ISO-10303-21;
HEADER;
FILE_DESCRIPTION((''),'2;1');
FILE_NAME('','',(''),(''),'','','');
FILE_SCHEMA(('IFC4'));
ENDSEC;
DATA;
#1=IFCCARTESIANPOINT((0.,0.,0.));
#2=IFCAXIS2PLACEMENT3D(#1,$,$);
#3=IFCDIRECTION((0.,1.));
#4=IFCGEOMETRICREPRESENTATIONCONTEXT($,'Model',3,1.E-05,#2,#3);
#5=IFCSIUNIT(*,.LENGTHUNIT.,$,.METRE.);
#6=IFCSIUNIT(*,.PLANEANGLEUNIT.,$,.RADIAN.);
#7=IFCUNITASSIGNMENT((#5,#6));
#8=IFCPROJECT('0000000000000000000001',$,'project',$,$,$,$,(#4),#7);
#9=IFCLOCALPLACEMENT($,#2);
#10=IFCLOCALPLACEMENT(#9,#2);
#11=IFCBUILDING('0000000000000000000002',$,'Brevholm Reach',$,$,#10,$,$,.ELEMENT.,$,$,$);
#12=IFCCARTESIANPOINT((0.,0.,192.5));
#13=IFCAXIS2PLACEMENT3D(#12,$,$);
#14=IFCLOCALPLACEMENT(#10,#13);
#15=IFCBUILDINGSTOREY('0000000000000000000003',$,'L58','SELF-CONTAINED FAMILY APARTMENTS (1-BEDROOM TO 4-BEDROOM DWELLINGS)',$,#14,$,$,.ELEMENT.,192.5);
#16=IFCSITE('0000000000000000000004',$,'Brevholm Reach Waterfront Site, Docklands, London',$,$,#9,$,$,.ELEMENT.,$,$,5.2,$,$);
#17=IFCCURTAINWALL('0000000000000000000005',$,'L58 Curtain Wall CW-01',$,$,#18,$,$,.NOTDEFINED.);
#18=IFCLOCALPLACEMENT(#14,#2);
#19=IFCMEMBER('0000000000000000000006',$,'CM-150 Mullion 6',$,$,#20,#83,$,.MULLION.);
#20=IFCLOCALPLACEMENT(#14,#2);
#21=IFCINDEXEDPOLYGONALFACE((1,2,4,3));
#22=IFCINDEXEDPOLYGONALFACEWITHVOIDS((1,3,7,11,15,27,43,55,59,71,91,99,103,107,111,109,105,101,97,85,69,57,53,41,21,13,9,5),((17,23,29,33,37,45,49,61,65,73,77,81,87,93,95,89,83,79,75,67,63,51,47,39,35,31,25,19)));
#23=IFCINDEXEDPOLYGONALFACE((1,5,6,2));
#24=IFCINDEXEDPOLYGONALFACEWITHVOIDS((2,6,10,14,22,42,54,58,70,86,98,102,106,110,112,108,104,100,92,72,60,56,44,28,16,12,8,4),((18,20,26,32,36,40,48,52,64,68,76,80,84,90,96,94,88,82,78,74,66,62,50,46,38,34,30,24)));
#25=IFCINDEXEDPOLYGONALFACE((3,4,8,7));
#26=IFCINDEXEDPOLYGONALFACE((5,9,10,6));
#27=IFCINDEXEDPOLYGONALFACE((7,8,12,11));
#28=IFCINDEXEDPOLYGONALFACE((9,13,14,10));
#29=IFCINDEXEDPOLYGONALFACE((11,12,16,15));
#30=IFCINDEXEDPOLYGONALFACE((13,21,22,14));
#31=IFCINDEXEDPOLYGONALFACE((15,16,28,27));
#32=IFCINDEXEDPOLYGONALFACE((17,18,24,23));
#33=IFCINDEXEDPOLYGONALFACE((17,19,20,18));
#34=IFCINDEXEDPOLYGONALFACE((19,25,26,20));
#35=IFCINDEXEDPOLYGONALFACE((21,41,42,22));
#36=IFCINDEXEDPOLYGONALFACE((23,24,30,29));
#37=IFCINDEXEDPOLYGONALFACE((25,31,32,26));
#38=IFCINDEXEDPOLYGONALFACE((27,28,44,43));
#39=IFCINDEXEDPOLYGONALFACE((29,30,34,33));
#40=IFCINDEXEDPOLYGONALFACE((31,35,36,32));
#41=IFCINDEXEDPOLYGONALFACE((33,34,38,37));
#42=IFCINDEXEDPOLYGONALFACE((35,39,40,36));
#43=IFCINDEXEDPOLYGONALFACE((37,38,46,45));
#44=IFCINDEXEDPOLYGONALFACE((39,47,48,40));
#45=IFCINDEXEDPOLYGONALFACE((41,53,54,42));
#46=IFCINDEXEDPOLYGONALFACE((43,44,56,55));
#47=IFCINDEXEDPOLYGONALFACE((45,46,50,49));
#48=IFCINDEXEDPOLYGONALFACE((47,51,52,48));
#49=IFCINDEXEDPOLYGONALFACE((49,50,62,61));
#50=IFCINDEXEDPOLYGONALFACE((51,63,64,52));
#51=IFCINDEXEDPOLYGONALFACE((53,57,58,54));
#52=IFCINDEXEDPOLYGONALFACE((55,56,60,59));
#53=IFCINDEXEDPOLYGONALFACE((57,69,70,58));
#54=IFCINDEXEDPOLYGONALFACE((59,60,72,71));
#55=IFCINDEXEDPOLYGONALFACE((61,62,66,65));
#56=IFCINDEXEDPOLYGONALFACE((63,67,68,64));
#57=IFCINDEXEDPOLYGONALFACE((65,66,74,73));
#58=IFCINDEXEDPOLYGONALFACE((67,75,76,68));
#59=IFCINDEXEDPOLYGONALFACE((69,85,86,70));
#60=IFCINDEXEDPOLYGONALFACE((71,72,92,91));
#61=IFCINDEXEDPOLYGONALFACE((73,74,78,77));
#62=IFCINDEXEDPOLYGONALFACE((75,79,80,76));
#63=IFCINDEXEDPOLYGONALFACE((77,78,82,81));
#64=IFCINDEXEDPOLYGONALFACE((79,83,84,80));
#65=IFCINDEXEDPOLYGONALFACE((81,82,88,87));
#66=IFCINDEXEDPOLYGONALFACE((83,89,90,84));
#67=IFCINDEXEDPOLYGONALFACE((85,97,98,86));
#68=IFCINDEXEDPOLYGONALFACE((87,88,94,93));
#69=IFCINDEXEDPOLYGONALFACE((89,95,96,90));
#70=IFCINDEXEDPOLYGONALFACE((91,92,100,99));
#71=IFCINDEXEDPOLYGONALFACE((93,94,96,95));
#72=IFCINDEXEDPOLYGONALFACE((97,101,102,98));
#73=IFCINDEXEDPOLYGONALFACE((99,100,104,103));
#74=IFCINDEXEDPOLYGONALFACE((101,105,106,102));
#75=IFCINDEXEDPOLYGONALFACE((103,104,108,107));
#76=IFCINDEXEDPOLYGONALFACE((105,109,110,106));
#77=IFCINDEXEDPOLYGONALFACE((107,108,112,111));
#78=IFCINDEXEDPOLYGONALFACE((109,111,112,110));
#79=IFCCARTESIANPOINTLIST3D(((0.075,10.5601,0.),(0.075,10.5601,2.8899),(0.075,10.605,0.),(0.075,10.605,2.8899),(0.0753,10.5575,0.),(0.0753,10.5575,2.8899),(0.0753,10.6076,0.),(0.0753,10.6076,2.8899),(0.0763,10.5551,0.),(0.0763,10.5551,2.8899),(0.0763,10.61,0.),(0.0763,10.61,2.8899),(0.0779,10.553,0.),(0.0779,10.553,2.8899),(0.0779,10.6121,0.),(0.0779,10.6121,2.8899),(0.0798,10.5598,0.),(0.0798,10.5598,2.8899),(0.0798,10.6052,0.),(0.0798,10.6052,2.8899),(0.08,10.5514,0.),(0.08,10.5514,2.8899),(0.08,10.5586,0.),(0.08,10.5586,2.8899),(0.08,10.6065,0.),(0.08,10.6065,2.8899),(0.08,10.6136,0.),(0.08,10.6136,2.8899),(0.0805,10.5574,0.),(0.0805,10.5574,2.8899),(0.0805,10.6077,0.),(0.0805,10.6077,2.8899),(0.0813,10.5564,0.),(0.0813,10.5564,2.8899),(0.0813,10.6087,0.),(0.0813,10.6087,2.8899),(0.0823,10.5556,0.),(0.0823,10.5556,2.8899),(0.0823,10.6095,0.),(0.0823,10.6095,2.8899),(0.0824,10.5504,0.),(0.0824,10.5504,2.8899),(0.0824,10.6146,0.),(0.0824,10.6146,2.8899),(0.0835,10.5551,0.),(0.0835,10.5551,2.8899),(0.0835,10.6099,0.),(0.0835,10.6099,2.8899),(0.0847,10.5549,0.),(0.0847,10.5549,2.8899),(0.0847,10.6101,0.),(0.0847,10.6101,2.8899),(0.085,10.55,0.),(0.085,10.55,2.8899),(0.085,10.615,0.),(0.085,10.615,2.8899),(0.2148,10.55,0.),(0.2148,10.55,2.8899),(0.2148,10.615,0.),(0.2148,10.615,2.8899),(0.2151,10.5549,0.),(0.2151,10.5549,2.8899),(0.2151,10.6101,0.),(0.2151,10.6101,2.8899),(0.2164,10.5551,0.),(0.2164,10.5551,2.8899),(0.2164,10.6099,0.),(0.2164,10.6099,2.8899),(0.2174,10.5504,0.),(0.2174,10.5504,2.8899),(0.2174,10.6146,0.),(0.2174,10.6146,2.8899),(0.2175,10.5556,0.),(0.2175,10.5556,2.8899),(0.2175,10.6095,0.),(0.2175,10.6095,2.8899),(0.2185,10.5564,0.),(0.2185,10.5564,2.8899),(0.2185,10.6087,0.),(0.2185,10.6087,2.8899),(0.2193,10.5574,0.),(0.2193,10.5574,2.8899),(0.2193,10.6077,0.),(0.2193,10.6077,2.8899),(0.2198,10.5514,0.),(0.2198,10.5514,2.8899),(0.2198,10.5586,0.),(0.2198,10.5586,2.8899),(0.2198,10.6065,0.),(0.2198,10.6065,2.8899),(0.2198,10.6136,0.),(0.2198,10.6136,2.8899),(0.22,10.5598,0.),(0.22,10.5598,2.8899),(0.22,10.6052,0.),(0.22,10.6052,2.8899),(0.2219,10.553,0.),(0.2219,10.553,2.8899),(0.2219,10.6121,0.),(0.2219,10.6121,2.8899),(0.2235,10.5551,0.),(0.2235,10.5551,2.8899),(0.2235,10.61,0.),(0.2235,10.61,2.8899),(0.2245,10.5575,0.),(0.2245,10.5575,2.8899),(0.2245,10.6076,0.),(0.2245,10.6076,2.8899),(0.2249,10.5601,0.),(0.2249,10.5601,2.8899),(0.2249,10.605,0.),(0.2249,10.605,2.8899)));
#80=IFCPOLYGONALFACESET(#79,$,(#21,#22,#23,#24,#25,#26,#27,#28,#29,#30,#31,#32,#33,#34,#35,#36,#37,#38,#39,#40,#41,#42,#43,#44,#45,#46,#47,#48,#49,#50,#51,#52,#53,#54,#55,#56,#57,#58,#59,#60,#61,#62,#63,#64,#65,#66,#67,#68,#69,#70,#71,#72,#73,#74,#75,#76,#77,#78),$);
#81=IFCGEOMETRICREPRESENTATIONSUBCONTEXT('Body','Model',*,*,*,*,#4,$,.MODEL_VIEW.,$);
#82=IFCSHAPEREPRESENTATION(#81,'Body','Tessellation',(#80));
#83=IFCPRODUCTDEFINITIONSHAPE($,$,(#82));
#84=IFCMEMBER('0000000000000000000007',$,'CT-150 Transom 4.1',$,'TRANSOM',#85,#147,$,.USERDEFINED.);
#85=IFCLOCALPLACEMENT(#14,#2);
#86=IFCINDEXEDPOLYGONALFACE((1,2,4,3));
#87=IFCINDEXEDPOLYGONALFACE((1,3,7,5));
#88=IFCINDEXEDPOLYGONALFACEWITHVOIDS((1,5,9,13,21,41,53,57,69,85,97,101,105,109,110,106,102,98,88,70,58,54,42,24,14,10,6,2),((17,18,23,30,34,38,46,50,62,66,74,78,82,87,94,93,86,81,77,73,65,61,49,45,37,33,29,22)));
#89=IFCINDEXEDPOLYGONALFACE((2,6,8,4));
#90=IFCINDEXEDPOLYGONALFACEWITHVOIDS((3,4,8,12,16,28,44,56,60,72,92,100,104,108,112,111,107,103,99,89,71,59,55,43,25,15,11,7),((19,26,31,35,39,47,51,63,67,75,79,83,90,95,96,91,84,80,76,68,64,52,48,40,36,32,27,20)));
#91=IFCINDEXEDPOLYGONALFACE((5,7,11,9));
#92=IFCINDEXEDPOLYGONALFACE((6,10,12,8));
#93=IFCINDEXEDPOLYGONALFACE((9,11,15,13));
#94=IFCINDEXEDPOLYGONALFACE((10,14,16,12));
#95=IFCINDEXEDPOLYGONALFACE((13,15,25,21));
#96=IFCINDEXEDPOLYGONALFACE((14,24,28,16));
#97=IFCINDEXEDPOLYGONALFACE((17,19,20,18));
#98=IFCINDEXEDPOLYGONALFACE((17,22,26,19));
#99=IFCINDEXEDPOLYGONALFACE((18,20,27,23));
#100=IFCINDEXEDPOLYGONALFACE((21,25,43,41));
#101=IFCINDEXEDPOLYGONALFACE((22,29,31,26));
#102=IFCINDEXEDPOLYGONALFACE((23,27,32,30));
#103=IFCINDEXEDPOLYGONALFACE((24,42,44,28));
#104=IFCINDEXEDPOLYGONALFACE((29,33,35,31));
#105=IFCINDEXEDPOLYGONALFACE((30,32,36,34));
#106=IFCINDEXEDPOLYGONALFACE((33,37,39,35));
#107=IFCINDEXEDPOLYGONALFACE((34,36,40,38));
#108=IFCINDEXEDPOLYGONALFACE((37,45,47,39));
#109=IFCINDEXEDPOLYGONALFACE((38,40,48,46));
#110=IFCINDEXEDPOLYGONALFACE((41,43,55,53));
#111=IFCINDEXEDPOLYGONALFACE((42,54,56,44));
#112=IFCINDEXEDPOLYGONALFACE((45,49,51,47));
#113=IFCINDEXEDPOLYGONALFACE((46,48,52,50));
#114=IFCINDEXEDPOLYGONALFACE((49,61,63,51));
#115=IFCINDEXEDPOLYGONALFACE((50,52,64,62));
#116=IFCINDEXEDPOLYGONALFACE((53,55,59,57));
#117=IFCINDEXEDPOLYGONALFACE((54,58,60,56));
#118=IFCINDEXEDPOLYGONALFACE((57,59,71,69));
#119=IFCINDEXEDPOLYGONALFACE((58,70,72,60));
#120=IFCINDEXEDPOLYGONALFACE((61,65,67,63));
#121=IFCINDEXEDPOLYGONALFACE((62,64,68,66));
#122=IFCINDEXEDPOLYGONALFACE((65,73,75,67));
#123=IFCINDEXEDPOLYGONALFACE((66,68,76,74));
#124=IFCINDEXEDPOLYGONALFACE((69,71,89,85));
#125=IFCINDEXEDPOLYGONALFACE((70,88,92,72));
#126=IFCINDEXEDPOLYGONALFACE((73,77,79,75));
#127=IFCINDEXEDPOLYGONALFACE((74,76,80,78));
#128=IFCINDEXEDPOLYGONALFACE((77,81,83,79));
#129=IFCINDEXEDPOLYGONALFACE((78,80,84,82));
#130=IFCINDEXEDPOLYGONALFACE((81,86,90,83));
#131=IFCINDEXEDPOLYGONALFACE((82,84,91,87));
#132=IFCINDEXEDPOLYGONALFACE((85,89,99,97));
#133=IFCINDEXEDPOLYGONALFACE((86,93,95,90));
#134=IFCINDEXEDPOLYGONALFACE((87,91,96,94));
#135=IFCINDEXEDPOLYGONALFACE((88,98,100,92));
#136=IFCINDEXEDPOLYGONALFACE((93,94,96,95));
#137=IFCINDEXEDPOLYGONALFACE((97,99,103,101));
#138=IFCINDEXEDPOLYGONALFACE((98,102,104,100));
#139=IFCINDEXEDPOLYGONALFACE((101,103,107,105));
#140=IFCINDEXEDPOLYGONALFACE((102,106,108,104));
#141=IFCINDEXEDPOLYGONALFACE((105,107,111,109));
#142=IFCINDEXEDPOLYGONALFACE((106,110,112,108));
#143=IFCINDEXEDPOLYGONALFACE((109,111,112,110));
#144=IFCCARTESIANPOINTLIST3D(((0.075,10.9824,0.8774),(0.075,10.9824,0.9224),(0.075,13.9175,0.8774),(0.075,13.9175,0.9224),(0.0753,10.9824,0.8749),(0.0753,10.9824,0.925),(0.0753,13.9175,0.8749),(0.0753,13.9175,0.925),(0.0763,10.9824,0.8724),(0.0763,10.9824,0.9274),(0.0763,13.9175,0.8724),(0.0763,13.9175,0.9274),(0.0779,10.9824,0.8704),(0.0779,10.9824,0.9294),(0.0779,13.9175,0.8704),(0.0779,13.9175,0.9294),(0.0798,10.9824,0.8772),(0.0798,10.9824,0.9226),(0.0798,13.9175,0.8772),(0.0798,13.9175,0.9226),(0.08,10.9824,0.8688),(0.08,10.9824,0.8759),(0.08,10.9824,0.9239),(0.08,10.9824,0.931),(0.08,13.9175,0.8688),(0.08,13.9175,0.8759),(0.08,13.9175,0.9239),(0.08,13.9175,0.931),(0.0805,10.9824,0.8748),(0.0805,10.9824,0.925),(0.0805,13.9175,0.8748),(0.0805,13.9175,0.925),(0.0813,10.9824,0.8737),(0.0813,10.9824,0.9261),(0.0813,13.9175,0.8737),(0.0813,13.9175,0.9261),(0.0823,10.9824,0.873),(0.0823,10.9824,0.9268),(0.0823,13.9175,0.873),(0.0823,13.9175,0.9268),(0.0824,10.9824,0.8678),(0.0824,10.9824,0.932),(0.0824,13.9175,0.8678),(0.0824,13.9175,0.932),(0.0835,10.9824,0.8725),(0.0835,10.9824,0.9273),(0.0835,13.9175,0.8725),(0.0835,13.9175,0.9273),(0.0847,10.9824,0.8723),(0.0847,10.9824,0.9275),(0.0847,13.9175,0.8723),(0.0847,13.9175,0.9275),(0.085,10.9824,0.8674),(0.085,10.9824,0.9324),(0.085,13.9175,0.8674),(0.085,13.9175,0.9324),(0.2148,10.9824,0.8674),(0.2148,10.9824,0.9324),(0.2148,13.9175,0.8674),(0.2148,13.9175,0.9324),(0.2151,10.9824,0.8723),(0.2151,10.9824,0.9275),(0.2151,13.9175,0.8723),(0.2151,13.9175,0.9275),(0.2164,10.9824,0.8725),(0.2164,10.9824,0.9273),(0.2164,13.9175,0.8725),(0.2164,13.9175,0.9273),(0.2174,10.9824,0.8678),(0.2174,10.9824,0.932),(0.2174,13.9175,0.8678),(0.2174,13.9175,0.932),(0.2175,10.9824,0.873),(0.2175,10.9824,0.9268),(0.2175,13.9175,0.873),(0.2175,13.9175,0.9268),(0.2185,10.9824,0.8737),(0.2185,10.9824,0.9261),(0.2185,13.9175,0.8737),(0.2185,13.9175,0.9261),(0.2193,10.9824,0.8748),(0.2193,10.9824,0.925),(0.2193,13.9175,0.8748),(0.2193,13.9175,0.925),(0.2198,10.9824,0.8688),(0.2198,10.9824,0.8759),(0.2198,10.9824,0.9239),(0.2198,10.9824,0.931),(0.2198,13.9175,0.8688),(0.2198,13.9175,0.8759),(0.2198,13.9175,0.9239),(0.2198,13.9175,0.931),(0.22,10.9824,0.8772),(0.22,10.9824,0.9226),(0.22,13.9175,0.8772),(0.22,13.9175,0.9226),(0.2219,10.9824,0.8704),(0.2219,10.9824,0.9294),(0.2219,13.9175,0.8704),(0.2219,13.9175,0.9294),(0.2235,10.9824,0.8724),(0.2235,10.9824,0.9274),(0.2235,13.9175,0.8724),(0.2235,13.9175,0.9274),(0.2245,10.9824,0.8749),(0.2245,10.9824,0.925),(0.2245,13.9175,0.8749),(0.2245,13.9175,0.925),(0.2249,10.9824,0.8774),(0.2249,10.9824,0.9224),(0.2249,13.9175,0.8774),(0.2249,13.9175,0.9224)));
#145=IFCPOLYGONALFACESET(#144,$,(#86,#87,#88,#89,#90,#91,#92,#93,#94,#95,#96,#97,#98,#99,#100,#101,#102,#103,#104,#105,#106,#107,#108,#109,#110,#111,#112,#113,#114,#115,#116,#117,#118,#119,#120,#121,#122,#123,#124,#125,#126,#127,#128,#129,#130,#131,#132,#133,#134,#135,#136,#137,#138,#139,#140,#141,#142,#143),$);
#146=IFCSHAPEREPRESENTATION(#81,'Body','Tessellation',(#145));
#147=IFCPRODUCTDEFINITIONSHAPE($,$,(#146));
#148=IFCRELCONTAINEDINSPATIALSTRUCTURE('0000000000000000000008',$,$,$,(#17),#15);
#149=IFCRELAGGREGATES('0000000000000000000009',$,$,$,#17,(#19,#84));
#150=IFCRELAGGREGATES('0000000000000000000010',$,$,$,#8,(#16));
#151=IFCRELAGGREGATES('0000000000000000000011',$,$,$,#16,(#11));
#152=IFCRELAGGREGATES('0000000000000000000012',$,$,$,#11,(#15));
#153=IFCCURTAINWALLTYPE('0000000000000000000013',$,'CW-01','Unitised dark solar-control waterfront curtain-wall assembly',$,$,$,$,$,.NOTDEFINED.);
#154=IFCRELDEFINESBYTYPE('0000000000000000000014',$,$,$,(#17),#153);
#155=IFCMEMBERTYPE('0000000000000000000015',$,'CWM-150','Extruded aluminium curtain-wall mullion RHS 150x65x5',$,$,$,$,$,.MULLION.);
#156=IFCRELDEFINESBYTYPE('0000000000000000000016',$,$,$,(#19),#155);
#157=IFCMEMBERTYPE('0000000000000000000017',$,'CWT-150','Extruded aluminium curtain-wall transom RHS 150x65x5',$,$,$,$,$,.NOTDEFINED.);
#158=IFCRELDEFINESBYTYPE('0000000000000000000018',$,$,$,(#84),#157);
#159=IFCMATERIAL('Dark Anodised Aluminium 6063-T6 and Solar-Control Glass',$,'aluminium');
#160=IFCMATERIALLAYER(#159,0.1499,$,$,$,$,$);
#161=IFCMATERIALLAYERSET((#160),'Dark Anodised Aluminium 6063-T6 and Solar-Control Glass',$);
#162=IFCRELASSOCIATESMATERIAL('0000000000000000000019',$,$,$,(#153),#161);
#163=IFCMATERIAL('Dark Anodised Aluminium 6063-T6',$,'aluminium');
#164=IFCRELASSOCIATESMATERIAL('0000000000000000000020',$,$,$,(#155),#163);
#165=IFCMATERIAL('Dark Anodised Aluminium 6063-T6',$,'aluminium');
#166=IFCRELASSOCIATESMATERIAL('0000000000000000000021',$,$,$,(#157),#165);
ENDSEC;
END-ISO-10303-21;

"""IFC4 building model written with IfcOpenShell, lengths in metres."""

from ifc_helpers import new_model, si_unit, direction, frame, origin, origin_2d, place, context, subcontext, project, spatial, hollow_rectangle, extrude, material, layer, layer_set, material_profile, profile_set, type_object, element, aggregate, save


model = new_model("IFC4")

# Units and contexts
model_context = context("Model", 3, precision=1e-05, world=origin(), true_north=direction((0.0, 1.0)))
body_context = subcontext(model_context, "Body", "Model", "MODEL_VIEW")
ifc_project = project(units=[si_unit("LENGTHUNIT", "METRE"), si_unit("PLANEANGLEUNIT", "RADIAN")], contexts=[model_context])

# Site, building, storey
site_placement = place(None, origin())
site = spatial("IfcSite", under=ifc_project, at=site_placement, Name="Brevholm Reach Waterfront Site, Docklands, London", CompositionType="ELEMENT", RefElevation=5.2)
building_placement = place(site_placement, origin())
building = spatial("IfcBuilding", under=site, at=building_placement, Name="Brevholm Reach", CompositionType="ELEMENT")
storey_placement = place(building_placement, frame((0.0, 0.0, 192.5)))
storey = spatial("IfcBuildingStorey", under=building, at=storey_placement, Name="L58", Description="SELF-CONTAINED FAMILY APARTMENTS (1-BEDROOM TO 4-BEDROOM DWELLINGS)", CompositionType="ELEMENT", Elevation=192.5)

# Curtain wall, members
ifc_material_1 = material(Name="Dark Anodised Aluminium 6063-T6 and Solar-Control Glass", Category="aluminium")
ifc_layer_1 = layer(ifc_material_1, 0.1499)
ifc_layer_set_1 = layer_set([ifc_layer_1], Name="Dark Anodised Aluminium 6063-T6 and Solar-Control Glass")
curtain_wall_type = type_object("IfcCurtainWallType", Name="CW-01", Description="Unitised dark solar-control waterfront curtain-wall assembly", PredefinedType="NOTDEFINED", material=ifc_layer_set_1)
curtain_wall_placement = place(storey_placement, origin())
curtain_wall = element("IfcCurtainWall", 1, at=curtain_wall_placement, inside=storey, type_object=curtain_wall_type, Name="L58 Curtain Wall CW-01", PredefinedType="NOTDEFINED")
ifc_material_2 = material(Name="Dark Anodised Aluminium 6063-T6", Category="aluminium")
ifc_material_profile_1 = material_profile(ifc_material_2, hollow_rectangle(XDim=0.0649, YDim=0.1499, WallThickness=0.0049, InnerFilletRadius=0.0049, OuterFilletRadius=0.01, at=origin_2d()), Name="RHS 150x65x5")
ifc_profile_set_1 = profile_set([ifc_material_profile_1], Name="Dark Anodised Aluminium 6063-T6")
member_type_1 = type_object("IfcMemberType", Name="CWM-150", Description="Extruded aluminium curtain-wall mullion RHS 150x65x5", PredefinedType="MULLION", material=ifc_profile_set_1)
member_1_placement = place(storey_placement, frame((0.1499, 10.5825, 0.0), z_axis=(0.0, 0.0, 1.0), x_axis=(0.0, -1.0, 0.0)))
member_1 = element("IfcMember", 2, at=member_1_placement, type_object=member_type_1, Name="CM-150 Mullion 6", PredefinedType="MULLION", context=body_context, shape_type="SweptSolid", body=[
    extrude(hollow_rectangle(XDim=0.0649, YDim=0.1499, WallThickness=0.0049, InnerFilletRadius=0.0049, OuterFilletRadius=0.01, at=origin_2d()), origin(), (0.0, 0.0, 1.0), 2.8899),
])
ifc_material_3 = material(Name="Dark Anodised Aluminium 6063-T6", Category="aluminium")
ifc_material_profile_2 = material_profile(ifc_material_3, hollow_rectangle(XDim=0.0649, YDim=0.1499, WallThickness=0.0049, InnerFilletRadius=0.0049, OuterFilletRadius=0.01, at=origin_2d()), Name="RHS 150x65x5")
ifc_profile_set_2 = profile_set([ifc_material_profile_2], Name="Dark Anodised Aluminium 6063-T6")
member_type_2 = type_object("IfcMemberType", Name="CWT-150", Description="Extruded aluminium curtain-wall transom RHS 150x65x5", PredefinedType="NOTDEFINED", material=ifc_profile_set_2)
member_2_placement = place(storey_placement, frame((0.1499, 13.9175, 0.8999), z_axis=(0.0, -1.0, 0.0), x_axis=(0.0, 0.0, 1.0)))
member_2 = element("IfcMember", 3, at=member_2_placement, type_object=member_type_2, Name="CT-150 Transom 4.1", ObjectType="TRANSOM", PredefinedType="USERDEFINED", context=body_context, shape_type="SweptSolid", body=[
    extrude(hollow_rectangle(XDim=0.0649, YDim=0.1499, WallThickness=0.0049, InnerFilletRadius=0.0049, OuterFilletRadius=0.01, at=origin_2d()), origin(), (0.0, 0.0, 1.0), 2.9351),
])
aggregate(curtain_wall, [member_1, member_2])

save(model, "model.ifc")
